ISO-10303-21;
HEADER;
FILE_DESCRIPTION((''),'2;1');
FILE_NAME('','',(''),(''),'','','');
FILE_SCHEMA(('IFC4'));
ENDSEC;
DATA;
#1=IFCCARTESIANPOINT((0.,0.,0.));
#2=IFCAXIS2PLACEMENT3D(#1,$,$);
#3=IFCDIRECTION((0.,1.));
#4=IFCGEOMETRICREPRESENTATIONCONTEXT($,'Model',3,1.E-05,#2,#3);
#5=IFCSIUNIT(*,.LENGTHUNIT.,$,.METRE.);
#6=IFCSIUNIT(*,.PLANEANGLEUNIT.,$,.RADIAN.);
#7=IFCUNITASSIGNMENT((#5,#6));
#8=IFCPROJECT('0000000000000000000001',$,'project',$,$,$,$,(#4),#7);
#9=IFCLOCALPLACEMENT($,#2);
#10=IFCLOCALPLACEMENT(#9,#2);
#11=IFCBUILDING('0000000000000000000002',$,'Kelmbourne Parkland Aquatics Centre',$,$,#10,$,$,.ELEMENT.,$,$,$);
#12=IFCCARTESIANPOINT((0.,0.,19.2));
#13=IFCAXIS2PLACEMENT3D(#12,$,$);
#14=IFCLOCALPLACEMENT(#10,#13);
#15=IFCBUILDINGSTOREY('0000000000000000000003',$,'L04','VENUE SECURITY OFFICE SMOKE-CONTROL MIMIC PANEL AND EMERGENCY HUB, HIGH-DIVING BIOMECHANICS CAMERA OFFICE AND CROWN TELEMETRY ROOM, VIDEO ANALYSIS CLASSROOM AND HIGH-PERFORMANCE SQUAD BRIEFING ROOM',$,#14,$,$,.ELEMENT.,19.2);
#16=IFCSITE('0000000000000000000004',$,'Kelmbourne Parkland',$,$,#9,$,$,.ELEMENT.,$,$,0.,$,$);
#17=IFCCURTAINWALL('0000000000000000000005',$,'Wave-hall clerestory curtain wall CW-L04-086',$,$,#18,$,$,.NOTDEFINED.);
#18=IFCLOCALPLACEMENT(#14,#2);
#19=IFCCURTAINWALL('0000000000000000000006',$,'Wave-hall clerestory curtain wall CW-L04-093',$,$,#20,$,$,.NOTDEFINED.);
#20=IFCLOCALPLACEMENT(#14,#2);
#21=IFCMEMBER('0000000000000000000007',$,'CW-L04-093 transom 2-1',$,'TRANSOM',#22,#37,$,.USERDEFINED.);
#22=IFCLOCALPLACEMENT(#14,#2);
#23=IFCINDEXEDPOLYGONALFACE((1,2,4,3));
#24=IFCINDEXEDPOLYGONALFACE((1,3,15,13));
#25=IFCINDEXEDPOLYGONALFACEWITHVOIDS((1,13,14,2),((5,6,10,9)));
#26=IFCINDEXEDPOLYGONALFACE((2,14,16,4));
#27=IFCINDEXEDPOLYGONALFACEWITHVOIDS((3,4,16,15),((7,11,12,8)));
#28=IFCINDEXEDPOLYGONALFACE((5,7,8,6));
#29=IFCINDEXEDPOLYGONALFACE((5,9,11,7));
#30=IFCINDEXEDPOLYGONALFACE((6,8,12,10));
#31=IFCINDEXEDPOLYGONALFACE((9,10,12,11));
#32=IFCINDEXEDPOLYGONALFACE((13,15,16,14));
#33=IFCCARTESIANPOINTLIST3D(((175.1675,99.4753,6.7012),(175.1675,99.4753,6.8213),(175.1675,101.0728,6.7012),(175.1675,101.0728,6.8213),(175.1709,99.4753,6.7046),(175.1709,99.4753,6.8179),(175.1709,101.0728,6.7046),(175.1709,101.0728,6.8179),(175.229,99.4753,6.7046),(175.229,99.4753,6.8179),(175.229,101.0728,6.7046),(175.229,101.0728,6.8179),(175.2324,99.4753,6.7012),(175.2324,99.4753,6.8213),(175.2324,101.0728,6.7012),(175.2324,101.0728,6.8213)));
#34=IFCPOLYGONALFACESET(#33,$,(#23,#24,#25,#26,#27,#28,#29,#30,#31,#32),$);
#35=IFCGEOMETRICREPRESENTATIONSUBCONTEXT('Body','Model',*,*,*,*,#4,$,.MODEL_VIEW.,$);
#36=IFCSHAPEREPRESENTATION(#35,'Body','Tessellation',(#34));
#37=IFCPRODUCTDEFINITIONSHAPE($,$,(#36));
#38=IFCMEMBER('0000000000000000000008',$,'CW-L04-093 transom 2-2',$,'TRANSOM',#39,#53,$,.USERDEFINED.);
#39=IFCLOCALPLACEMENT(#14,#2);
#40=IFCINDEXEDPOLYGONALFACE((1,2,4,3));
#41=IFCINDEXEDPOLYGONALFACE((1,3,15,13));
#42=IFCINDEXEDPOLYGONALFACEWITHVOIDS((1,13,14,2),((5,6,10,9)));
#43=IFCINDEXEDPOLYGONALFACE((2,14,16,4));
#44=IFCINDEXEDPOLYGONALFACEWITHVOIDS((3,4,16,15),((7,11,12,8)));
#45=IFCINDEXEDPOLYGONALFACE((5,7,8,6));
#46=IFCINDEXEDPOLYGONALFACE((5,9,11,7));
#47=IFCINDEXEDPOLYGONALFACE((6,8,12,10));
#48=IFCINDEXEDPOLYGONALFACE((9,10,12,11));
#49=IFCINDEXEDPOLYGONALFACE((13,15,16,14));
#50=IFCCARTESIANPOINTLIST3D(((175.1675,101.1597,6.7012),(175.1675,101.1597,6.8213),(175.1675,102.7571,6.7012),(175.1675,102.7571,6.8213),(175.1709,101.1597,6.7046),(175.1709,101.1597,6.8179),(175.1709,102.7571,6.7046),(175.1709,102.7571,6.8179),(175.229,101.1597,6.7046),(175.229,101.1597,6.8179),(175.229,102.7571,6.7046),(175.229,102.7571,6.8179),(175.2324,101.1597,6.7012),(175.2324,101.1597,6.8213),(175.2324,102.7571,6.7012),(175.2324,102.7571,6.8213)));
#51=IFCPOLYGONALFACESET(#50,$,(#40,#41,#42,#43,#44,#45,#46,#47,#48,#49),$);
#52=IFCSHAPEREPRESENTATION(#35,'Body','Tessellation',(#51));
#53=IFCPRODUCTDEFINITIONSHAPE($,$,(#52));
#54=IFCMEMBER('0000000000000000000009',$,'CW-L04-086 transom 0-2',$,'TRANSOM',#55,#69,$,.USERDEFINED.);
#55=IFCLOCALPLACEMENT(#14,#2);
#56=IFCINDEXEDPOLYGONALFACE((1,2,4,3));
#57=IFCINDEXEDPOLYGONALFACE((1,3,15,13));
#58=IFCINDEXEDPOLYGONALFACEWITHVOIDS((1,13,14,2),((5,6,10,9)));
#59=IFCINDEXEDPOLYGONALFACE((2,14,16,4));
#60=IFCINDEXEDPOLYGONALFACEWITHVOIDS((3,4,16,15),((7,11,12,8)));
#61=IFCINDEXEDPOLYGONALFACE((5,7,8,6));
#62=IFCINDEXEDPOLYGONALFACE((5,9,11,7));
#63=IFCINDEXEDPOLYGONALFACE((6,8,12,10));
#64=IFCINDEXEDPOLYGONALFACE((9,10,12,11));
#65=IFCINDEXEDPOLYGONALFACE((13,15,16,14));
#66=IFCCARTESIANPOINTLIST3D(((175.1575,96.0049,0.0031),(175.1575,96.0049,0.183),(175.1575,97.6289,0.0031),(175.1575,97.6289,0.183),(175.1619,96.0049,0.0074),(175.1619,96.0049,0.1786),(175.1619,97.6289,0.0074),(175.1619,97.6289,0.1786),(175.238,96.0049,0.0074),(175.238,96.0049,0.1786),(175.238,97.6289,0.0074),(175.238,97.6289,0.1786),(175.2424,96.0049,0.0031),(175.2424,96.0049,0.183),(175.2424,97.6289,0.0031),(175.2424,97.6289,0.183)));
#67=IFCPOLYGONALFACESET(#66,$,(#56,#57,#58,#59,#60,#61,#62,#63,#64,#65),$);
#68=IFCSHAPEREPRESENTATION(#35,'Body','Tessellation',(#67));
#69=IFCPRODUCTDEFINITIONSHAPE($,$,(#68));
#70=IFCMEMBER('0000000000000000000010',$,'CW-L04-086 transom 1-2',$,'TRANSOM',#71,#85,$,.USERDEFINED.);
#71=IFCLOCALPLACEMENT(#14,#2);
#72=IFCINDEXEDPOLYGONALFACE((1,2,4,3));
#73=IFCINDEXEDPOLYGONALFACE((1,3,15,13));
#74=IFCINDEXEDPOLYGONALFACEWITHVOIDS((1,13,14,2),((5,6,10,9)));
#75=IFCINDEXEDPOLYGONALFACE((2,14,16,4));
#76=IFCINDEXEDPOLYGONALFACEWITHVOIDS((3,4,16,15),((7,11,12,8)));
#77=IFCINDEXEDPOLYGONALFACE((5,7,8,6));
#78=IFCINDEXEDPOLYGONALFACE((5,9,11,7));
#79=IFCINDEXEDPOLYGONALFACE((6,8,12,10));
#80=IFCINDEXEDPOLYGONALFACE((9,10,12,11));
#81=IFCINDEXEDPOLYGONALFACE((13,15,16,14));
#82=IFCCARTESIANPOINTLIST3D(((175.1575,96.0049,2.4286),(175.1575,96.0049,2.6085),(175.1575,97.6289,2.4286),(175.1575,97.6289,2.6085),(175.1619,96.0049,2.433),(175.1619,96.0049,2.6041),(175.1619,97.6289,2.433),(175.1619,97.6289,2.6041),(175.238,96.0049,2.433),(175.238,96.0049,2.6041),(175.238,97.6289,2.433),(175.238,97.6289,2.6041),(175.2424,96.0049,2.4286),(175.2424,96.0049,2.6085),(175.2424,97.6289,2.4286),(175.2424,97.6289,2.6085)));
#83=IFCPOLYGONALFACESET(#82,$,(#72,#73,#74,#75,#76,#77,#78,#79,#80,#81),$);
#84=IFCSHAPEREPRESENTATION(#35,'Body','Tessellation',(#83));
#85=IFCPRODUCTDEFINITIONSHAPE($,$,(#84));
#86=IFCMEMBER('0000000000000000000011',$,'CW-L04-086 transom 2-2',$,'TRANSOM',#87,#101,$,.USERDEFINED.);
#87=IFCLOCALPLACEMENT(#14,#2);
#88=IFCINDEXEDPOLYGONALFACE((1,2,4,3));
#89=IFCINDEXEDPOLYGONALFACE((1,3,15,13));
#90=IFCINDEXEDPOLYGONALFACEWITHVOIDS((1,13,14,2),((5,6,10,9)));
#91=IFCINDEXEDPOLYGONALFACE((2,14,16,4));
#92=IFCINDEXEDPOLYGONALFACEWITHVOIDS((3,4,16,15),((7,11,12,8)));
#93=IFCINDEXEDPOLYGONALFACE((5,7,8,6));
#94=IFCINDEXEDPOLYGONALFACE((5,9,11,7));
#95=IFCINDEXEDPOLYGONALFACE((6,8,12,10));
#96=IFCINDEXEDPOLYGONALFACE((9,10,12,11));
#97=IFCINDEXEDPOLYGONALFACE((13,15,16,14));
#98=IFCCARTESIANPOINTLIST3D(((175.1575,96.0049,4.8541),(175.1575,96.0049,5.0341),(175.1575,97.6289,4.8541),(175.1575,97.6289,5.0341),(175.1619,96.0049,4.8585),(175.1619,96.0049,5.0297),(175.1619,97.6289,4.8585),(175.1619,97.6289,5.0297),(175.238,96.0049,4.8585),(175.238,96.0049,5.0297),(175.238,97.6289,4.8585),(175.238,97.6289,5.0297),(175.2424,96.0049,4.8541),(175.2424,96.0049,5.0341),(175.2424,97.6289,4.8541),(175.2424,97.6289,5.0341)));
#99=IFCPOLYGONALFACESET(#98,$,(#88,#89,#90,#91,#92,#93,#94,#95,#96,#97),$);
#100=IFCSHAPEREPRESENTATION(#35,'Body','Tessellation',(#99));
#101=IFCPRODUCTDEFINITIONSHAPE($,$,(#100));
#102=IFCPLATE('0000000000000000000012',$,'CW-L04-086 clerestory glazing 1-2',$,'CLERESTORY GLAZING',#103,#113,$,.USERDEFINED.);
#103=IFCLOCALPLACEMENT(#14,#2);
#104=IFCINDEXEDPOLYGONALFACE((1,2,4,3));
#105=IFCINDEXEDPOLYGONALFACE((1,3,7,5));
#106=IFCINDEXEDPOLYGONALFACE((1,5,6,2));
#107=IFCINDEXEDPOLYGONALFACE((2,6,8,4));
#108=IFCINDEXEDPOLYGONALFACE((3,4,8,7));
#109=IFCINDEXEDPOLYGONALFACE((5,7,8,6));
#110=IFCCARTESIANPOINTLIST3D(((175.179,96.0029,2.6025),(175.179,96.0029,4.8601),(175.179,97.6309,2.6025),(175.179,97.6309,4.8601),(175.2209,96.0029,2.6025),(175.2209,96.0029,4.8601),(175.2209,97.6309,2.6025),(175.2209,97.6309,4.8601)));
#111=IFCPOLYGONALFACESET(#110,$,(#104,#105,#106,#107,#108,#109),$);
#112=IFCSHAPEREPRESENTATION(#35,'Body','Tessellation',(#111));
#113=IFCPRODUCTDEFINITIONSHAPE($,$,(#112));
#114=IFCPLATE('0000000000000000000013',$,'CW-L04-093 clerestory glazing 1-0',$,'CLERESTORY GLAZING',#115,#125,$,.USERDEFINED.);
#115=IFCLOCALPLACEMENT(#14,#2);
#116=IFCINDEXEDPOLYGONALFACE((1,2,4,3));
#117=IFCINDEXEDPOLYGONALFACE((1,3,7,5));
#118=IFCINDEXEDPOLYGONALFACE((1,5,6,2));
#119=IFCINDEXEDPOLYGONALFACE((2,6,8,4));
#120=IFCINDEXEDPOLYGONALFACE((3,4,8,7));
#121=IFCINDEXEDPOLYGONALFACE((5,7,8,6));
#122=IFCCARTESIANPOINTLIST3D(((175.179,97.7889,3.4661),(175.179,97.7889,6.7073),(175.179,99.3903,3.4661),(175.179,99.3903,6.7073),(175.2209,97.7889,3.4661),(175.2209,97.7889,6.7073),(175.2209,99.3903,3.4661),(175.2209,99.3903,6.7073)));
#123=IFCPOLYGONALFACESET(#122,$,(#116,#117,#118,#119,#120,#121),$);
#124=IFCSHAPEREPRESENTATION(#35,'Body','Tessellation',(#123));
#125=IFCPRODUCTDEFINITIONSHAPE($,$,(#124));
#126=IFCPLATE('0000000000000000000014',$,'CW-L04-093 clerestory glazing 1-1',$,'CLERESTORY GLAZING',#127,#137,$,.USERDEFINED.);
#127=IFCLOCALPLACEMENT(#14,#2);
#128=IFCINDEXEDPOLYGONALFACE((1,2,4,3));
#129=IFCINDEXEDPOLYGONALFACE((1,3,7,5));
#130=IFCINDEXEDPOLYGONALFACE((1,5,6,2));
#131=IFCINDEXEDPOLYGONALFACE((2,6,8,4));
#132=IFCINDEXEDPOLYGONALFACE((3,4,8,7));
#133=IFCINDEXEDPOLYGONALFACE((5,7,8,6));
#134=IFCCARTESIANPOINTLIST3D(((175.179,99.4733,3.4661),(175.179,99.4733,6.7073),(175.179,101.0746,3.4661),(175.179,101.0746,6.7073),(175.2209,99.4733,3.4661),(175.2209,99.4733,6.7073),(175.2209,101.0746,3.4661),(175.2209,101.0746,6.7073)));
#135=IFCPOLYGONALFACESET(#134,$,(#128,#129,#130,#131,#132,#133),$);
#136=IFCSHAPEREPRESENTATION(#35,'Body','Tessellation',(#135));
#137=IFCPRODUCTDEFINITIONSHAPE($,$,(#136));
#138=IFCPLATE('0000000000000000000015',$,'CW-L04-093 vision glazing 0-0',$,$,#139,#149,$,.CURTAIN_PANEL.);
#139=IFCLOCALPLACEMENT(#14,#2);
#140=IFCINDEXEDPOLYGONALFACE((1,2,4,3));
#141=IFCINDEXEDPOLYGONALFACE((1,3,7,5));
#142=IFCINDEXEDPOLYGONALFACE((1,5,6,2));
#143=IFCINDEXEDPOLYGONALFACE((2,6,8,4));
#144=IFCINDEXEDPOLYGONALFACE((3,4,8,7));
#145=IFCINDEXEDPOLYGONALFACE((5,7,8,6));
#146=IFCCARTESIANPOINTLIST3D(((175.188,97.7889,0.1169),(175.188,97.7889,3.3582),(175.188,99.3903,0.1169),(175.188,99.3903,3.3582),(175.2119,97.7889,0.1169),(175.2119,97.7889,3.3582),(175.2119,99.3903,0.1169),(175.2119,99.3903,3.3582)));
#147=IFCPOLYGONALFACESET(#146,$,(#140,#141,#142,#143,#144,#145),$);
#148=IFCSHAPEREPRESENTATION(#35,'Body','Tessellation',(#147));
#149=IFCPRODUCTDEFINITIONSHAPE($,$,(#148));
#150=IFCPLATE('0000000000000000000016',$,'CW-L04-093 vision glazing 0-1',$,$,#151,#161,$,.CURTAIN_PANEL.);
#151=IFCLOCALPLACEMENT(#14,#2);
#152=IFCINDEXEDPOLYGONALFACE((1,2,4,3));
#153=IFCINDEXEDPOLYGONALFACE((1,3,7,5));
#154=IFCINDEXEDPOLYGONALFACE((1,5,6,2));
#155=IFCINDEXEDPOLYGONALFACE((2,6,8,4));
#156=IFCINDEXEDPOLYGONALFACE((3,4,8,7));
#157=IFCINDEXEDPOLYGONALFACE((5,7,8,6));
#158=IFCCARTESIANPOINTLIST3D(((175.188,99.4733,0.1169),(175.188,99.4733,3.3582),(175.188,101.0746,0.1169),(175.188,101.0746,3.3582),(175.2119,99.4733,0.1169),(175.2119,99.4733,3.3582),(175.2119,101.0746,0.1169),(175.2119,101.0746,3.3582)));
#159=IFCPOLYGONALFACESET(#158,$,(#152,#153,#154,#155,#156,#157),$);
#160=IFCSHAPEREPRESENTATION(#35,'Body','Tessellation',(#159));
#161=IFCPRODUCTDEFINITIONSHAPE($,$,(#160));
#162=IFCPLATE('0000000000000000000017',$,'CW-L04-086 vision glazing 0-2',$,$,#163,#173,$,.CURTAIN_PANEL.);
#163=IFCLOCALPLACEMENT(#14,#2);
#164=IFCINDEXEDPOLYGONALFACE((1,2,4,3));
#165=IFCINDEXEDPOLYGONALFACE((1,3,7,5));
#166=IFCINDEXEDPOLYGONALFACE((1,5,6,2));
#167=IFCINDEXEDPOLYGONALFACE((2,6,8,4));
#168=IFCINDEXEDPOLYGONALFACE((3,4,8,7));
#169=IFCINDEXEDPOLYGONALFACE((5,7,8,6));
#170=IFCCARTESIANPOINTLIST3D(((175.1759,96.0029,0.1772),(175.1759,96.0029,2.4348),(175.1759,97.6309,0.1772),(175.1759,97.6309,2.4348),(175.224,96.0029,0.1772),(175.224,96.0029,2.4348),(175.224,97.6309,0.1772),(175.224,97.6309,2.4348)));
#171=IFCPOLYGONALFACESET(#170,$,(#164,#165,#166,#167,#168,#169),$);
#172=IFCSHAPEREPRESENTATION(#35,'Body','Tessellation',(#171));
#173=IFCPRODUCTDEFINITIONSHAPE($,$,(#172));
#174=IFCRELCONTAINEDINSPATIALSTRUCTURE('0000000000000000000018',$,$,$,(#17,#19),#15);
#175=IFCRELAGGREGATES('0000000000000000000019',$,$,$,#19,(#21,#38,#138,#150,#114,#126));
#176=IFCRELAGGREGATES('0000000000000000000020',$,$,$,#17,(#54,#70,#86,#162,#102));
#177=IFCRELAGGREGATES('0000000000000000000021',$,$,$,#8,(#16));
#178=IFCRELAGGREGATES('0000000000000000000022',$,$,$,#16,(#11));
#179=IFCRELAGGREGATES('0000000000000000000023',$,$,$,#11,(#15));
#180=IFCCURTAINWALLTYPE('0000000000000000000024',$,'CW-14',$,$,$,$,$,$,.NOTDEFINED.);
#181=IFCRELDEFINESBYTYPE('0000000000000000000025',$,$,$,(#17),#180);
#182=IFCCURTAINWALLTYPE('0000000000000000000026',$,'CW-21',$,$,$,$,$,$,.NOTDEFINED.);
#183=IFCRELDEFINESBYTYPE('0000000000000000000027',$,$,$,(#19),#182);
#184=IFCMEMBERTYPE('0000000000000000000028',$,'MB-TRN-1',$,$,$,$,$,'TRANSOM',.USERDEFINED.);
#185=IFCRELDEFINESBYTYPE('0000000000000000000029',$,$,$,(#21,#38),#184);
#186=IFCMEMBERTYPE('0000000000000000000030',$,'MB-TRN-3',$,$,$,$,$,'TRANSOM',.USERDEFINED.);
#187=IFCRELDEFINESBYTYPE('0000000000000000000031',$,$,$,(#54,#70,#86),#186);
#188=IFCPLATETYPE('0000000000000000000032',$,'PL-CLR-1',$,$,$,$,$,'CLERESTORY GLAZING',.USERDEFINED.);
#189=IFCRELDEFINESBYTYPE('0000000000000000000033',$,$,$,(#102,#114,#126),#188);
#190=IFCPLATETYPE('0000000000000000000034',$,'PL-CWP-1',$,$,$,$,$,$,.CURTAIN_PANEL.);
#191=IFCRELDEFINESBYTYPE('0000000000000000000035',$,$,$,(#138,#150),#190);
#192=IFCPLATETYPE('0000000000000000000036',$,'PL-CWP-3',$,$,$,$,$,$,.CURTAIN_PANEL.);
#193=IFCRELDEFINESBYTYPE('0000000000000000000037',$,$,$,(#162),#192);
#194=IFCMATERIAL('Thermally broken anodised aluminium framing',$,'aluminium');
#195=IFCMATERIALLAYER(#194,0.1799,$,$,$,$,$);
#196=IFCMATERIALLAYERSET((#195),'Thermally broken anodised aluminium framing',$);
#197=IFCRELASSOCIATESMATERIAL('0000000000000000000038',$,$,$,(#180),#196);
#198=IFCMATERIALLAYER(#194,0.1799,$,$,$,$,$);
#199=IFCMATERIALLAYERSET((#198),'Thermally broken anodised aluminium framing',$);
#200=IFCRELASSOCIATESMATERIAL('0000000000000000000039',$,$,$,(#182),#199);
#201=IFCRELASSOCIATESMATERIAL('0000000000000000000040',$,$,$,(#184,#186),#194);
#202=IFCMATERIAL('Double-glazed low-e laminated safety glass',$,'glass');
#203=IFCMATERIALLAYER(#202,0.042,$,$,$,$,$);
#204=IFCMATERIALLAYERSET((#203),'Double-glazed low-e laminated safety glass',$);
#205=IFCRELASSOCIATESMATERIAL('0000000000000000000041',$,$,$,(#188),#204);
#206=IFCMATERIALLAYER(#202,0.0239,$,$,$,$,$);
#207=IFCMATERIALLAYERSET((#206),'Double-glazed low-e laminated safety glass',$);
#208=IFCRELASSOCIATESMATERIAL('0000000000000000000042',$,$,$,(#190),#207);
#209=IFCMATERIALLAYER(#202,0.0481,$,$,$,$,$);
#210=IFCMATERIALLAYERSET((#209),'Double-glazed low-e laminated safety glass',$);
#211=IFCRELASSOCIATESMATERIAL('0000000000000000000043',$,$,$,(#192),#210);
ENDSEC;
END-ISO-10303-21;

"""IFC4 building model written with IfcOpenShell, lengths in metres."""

from ifc_helpers import new_model, si_unit, direction, frame, origin, origin_2d, place, context, subcontext, project, spatial, rectangle, hollow_rectangle, extrude, material, layer, layer_set, material_profile, profile_set, type_object, element, aggregate, save


model = new_model("IFC4")

# Units and contexts
model_context = context("Model", 3, precision=1e-05, world=origin(), true_north=direction((0.0, 1.0)))
body_context = subcontext(model_context, "Body", "Model", "MODEL_VIEW")
ifc_project = project(units=[si_unit("LENGTHUNIT", "METRE"), si_unit("PLANEANGLEUNIT", "RADIAN")], contexts=[model_context])

# Site, building, storey
site_placement = place(None, origin())
site = spatial("IfcSite", under=ifc_project, at=site_placement, Name="Kelmbourne Parkland", CompositionType="ELEMENT", RefElevation=0.0)
building_placement = place(site_placement, origin())
building = spatial("IfcBuilding", under=site, at=building_placement, Name="Kelmbourne Parkland Aquatics Centre", CompositionType="ELEMENT")
storey_placement = place(building_placement, frame((0.0, 0.0, 19.2)))
storey = spatial("IfcBuildingStorey", under=building, at=storey_placement, Name="L04", Description="VENUE SECURITY OFFICE SMOKE-CONTROL MIMIC PANEL AND EMERGENCY HUB, HIGH-DIVING BIOMECHANICS CAMERA OFFICE AND CROWN TELEMETRY ROOM, VIDEO ANALYSIS CLASSROOM AND HIGH-PERFORMANCE SQUAD BRIEFING ROOM", CompositionType="ELEMENT", Elevation=19.2)

# Curtain wall
ifc_material_1 = material(Name="Thermally broken anodised aluminium framing", Category="aluminium")
ifc_layer_1 = layer(ifc_material_1, 0.1799)
ifc_layer_set_1 = layer_set([ifc_layer_1], Name="Thermally broken anodised aluminium framing")
curtain_wall_type_1 = type_object("IfcCurtainWallType", Name="CW-14", PredefinedType="NOTDEFINED", material=ifc_layer_set_1)
curtain_wall_1_placement = place(storey_placement, origin())
curtain_wall_1 = element("IfcCurtainWall", 1, at=curtain_wall_1_placement, inside=storey, type_object=curtain_wall_type_1, Name="Wave-hall clerestory curtain wall CW-L04-086", PredefinedType="NOTDEFINED")

# Curtain wall, members
ifc_layer_2 = layer(ifc_material_1, 0.1799)
ifc_layer_set_2 = layer_set([ifc_layer_2], Name="Thermally broken anodised aluminium framing")
curtain_wall_type_2 = type_object("IfcCurtainWallType", Name="CW-21", PredefinedType="NOTDEFINED", material=ifc_layer_set_2)
curtain_wall_2_placement = place(storey_placement, origin())
curtain_wall_2 = element("IfcCurtainWall", 2, at=curtain_wall_2_placement, inside=storey, type_object=curtain_wall_type_2, Name="Wave-hall clerestory curtain wall CW-L04-093", PredefinedType="NOTDEFINED")
ifc_material_profile_1 = material_profile(ifc_material_1, hollow_rectangle(XDim=0.0649, YDim=0.1201, WallThickness=0.0034, at=origin_2d()), Name="CW-T 65x120")
ifc_profile_set_1 = profile_set([ifc_material_profile_1], Name="Thermally broken anodised aluminium framing")
member_type_1 = type_object("IfcMemberType", Name="MB-TRN-1", ElementType="TRANSOM", PredefinedType="USERDEFINED", material=ifc_profile_set_1)
member_1_placement = place(storey_placement, frame((175.2, 99.4753, 6.7612), z_axis=(0.0, 1.0, 0.0), x_axis=(-1.0, 0.0, 0.0)))
member_1 = element("IfcMember", 3, at=member_1_placement, type_object=member_type_1, Name="CW-L04-093 transom 2-1", ObjectType="TRANSOM", PredefinedType="USERDEFINED", context=body_context, shape_type="SweptSolid", body=[
    extrude(hollow_rectangle(XDim=0.0649, YDim=0.1201, WallThickness=0.0034, at=origin_2d()), origin(), (0.0, 0.0, 1.0), 1.5974),
])
member_2_placement = place(storey_placement, frame((175.2, 101.1597, 6.7612), z_axis=(0.0, 1.0, 0.0), x_axis=(-1.0, 0.0, 0.0)))
member_2 = element("IfcMember", 4, at=member_2_placement, type_object=member_type_1, Name="CW-L04-093 transom 2-2", ObjectType="TRANSOM", PredefinedType="USERDEFINED", context=body_context, shape_type="SweptSolid", body=[
    extrude(hollow_rectangle(XDim=0.0649, YDim=0.1201, WallThickness=0.0034, at=origin_2d()), origin(), (0.0, 0.0, 1.0), 1.5974),
])

# Members
ifc_material_profile_2 = material_profile(ifc_material_1, hollow_rectangle(XDim=0.085, YDim=0.1799, WallThickness=0.0044, at=origin_2d()), Name="CW-T 85x180")
ifc_profile_set_2 = profile_set([ifc_material_profile_2], Name="Thermally broken anodised aluminium framing")
member_type_2 = type_object("IfcMemberType", Name="MB-TRN-3", ElementType="TRANSOM", PredefinedType="USERDEFINED", material=ifc_profile_set_2)
member_3_placement = place(storey_placement, frame((175.2, 96.0049, 0.093), z_axis=(0.0, 1.0, 0.0), x_axis=(-1.0, 0.0, 0.0)))
member_3 = element("IfcMember", 5, at=member_3_placement, type_object=member_type_2, Name="CW-L04-086 transom 0-2", ObjectType="TRANSOM", PredefinedType="USERDEFINED", context=body_context, shape_type="SweptSolid", body=[
    extrude(hollow_rectangle(XDim=0.085, YDim=0.1799, WallThickness=0.0044, at=origin_2d()), origin(), (0.0, 0.0, 1.0), 1.624),
])
member_4_placement = place(storey_placement, frame((175.2, 96.0049, 2.5186), z_axis=(0.0, 1.0, 0.0), x_axis=(-1.0, 0.0, 0.0)))
member_4 = element("IfcMember", 6, at=member_4_placement, type_object=member_type_2, Name="CW-L04-086 transom 1-2", ObjectType="TRANSOM", PredefinedType="USERDEFINED", context=body_context, shape_type="SweptSolid", body=[
    extrude(hollow_rectangle(XDim=0.085, YDim=0.1799, WallThickness=0.0044, at=origin_2d()), origin(), (0.0, 0.0, 1.0), 1.624),
])
member_5_placement = place(storey_placement, frame((175.2, 96.0049, 4.9441), z_axis=(0.0, 1.0, 0.0), x_axis=(-1.0, 0.0, 0.0)))
member_5 = element("IfcMember", 7, at=member_5_placement, type_object=member_type_2, Name="CW-L04-086 transom 2-2", ObjectType="TRANSOM", PredefinedType="USERDEFINED", context=body_context, shape_type="SweptSolid", body=[
    extrude(hollow_rectangle(XDim=0.085, YDim=0.1799, WallThickness=0.0044, at=origin_2d()), origin(), (0.0, 0.0, 1.0), 1.624),
])

# Plates
ifc_material_2 = material(Name="Double-glazed low-e laminated safety glass", Category="glass")
ifc_layer_3 = layer(ifc_material_2, 0.042)
ifc_layer_set_3 = layer_set([ifc_layer_3], Name="Double-glazed low-e laminated safety glass")
plate_type_1 = type_object("IfcPlateType", Name="PL-CLR-1", ElementType="CLERESTORY GLAZING", PredefinedType="USERDEFINED", material=ifc_layer_set_3)
plate_1_placement = place(storey_placement, frame((175.2, 96.8169, 2.6025), z_axis=(0.0, 0.0, 1.0), x_axis=(0.0, 1.0, 0.0)))
plate_1 = element("IfcPlate", 8, at=plate_1_placement, type_object=plate_type_1, Name="CW-L04-086 clerestory glazing 1-2", ObjectType="CLERESTORY GLAZING", PredefinedType="USERDEFINED", context=body_context, shape_type="SweptSolid", body=[
    extrude(rectangle(XDim=1.6279, YDim=0.042, at=origin_2d()), origin(), (0.0, 0.0, 1.0), 2.2576),
])
plate_2_placement = place(storey_placement, frame((175.2, 98.5896, 3.4661), z_axis=(0.0, 0.0, 1.0), x_axis=(0.0, 1.0, 0.0)))
plate_2 = element("IfcPlate", 9, at=plate_2_placement, type_object=plate_type_1, Name="CW-L04-093 clerestory glazing 1-0", ObjectType="CLERESTORY GLAZING", PredefinedType="USERDEFINED", context=body_context, shape_type="SweptSolid", body=[
    extrude(rectangle(XDim=1.6013, YDim=0.042, at=origin_2d()), origin(), (0.0, 0.0, 1.0), 3.2412),
])
plate_3_placement = place(storey_placement, frame((175.2, 100.2739, 3.4661), z_axis=(0.0, 0.0, 1.0), x_axis=(0.0, 1.0, 0.0)))
plate_3 = element("IfcPlate", 10, at=plate_3_placement, type_object=plate_type_1, Name="CW-L04-093 clerestory glazing 1-1", ObjectType="CLERESTORY GLAZING", PredefinedType="USERDEFINED", context=body_context, shape_type="SweptSolid", body=[
    extrude(rectangle(XDim=1.6013, YDim=0.042, at=origin_2d()), origin(), (0.0, 0.0, 1.0), 3.2412),
])
ifc_layer_4 = layer(ifc_material_2, 0.0239)
ifc_layer_set_4 = layer_set([ifc_layer_4], Name="Double-glazed low-e laminated safety glass")
plate_type_2 = type_object("IfcPlateType", Name="PL-CWP-1", PredefinedType="CURTAIN_PANEL", material=ifc_layer_set_4)
plate_4_placement = place(storey_placement, frame((175.2, 98.5896, 0.1169), z_axis=(0.0, 0.0, 1.0), x_axis=(0.0, 1.0, 0.0)))
plate_4 = element("IfcPlate", 11, at=plate_4_placement, type_object=plate_type_2, Name="CW-L04-093 vision glazing 0-0", PredefinedType="CURTAIN_PANEL", context=body_context, shape_type="SweptSolid", body=[
    extrude(rectangle(XDim=1.6013, YDim=0.0239, at=origin_2d()), origin(), (0.0, 0.0, 1.0), 3.2412),
])
plate_5_placement = place(storey_placement, frame((175.2, 100.2739, 0.1169), z_axis=(0.0, 0.0, 1.0), x_axis=(0.0, 1.0, 0.0)))
plate_5 = element("IfcPlate", 12, at=plate_5_placement, type_object=plate_type_2, Name="CW-L04-093 vision glazing 0-1", PredefinedType="CURTAIN_PANEL", context=body_context, shape_type="SweptSolid", body=[
    extrude(rectangle(XDim=1.6013, YDim=0.0239, at=origin_2d()), origin(), (0.0, 0.0, 1.0), 3.2412),
])
aggregate(curtain_wall_2, [member_1, member_2, plate_4, plate_5, plate_2, plate_3])
ifc_layer_5 = layer(ifc_material_2, 0.0481)
ifc_layer_set_5 = layer_set([ifc_layer_5], Name="Double-glazed low-e laminated safety glass")
plate_type_3 = type_object("IfcPlateType", Name="PL-CWP-3", PredefinedType="CURTAIN_PANEL", material=ifc_layer_set_5)
plate_6_placement = place(storey_placement, frame((175.2, 96.8169, 0.1772), z_axis=(0.0, 0.0, 1.0), x_axis=(0.0, 1.0, 0.0)))
plate_6 = element("IfcPlate", 13, at=plate_6_placement, type_object=plate_type_3, Name="CW-L04-086 vision glazing 0-2", PredefinedType="CURTAIN_PANEL", context=body_context, shape_type="SweptSolid", body=[
    extrude(rectangle(XDim=1.6279, YDim=0.0481, at=origin_2d()), origin(), (0.0, 0.0, 1.0), 2.2576),
])
aggregate(curtain_wall_1, [member_3, member_4, member_5, plate_6, plate_1])

save(model, "model.ifc")
